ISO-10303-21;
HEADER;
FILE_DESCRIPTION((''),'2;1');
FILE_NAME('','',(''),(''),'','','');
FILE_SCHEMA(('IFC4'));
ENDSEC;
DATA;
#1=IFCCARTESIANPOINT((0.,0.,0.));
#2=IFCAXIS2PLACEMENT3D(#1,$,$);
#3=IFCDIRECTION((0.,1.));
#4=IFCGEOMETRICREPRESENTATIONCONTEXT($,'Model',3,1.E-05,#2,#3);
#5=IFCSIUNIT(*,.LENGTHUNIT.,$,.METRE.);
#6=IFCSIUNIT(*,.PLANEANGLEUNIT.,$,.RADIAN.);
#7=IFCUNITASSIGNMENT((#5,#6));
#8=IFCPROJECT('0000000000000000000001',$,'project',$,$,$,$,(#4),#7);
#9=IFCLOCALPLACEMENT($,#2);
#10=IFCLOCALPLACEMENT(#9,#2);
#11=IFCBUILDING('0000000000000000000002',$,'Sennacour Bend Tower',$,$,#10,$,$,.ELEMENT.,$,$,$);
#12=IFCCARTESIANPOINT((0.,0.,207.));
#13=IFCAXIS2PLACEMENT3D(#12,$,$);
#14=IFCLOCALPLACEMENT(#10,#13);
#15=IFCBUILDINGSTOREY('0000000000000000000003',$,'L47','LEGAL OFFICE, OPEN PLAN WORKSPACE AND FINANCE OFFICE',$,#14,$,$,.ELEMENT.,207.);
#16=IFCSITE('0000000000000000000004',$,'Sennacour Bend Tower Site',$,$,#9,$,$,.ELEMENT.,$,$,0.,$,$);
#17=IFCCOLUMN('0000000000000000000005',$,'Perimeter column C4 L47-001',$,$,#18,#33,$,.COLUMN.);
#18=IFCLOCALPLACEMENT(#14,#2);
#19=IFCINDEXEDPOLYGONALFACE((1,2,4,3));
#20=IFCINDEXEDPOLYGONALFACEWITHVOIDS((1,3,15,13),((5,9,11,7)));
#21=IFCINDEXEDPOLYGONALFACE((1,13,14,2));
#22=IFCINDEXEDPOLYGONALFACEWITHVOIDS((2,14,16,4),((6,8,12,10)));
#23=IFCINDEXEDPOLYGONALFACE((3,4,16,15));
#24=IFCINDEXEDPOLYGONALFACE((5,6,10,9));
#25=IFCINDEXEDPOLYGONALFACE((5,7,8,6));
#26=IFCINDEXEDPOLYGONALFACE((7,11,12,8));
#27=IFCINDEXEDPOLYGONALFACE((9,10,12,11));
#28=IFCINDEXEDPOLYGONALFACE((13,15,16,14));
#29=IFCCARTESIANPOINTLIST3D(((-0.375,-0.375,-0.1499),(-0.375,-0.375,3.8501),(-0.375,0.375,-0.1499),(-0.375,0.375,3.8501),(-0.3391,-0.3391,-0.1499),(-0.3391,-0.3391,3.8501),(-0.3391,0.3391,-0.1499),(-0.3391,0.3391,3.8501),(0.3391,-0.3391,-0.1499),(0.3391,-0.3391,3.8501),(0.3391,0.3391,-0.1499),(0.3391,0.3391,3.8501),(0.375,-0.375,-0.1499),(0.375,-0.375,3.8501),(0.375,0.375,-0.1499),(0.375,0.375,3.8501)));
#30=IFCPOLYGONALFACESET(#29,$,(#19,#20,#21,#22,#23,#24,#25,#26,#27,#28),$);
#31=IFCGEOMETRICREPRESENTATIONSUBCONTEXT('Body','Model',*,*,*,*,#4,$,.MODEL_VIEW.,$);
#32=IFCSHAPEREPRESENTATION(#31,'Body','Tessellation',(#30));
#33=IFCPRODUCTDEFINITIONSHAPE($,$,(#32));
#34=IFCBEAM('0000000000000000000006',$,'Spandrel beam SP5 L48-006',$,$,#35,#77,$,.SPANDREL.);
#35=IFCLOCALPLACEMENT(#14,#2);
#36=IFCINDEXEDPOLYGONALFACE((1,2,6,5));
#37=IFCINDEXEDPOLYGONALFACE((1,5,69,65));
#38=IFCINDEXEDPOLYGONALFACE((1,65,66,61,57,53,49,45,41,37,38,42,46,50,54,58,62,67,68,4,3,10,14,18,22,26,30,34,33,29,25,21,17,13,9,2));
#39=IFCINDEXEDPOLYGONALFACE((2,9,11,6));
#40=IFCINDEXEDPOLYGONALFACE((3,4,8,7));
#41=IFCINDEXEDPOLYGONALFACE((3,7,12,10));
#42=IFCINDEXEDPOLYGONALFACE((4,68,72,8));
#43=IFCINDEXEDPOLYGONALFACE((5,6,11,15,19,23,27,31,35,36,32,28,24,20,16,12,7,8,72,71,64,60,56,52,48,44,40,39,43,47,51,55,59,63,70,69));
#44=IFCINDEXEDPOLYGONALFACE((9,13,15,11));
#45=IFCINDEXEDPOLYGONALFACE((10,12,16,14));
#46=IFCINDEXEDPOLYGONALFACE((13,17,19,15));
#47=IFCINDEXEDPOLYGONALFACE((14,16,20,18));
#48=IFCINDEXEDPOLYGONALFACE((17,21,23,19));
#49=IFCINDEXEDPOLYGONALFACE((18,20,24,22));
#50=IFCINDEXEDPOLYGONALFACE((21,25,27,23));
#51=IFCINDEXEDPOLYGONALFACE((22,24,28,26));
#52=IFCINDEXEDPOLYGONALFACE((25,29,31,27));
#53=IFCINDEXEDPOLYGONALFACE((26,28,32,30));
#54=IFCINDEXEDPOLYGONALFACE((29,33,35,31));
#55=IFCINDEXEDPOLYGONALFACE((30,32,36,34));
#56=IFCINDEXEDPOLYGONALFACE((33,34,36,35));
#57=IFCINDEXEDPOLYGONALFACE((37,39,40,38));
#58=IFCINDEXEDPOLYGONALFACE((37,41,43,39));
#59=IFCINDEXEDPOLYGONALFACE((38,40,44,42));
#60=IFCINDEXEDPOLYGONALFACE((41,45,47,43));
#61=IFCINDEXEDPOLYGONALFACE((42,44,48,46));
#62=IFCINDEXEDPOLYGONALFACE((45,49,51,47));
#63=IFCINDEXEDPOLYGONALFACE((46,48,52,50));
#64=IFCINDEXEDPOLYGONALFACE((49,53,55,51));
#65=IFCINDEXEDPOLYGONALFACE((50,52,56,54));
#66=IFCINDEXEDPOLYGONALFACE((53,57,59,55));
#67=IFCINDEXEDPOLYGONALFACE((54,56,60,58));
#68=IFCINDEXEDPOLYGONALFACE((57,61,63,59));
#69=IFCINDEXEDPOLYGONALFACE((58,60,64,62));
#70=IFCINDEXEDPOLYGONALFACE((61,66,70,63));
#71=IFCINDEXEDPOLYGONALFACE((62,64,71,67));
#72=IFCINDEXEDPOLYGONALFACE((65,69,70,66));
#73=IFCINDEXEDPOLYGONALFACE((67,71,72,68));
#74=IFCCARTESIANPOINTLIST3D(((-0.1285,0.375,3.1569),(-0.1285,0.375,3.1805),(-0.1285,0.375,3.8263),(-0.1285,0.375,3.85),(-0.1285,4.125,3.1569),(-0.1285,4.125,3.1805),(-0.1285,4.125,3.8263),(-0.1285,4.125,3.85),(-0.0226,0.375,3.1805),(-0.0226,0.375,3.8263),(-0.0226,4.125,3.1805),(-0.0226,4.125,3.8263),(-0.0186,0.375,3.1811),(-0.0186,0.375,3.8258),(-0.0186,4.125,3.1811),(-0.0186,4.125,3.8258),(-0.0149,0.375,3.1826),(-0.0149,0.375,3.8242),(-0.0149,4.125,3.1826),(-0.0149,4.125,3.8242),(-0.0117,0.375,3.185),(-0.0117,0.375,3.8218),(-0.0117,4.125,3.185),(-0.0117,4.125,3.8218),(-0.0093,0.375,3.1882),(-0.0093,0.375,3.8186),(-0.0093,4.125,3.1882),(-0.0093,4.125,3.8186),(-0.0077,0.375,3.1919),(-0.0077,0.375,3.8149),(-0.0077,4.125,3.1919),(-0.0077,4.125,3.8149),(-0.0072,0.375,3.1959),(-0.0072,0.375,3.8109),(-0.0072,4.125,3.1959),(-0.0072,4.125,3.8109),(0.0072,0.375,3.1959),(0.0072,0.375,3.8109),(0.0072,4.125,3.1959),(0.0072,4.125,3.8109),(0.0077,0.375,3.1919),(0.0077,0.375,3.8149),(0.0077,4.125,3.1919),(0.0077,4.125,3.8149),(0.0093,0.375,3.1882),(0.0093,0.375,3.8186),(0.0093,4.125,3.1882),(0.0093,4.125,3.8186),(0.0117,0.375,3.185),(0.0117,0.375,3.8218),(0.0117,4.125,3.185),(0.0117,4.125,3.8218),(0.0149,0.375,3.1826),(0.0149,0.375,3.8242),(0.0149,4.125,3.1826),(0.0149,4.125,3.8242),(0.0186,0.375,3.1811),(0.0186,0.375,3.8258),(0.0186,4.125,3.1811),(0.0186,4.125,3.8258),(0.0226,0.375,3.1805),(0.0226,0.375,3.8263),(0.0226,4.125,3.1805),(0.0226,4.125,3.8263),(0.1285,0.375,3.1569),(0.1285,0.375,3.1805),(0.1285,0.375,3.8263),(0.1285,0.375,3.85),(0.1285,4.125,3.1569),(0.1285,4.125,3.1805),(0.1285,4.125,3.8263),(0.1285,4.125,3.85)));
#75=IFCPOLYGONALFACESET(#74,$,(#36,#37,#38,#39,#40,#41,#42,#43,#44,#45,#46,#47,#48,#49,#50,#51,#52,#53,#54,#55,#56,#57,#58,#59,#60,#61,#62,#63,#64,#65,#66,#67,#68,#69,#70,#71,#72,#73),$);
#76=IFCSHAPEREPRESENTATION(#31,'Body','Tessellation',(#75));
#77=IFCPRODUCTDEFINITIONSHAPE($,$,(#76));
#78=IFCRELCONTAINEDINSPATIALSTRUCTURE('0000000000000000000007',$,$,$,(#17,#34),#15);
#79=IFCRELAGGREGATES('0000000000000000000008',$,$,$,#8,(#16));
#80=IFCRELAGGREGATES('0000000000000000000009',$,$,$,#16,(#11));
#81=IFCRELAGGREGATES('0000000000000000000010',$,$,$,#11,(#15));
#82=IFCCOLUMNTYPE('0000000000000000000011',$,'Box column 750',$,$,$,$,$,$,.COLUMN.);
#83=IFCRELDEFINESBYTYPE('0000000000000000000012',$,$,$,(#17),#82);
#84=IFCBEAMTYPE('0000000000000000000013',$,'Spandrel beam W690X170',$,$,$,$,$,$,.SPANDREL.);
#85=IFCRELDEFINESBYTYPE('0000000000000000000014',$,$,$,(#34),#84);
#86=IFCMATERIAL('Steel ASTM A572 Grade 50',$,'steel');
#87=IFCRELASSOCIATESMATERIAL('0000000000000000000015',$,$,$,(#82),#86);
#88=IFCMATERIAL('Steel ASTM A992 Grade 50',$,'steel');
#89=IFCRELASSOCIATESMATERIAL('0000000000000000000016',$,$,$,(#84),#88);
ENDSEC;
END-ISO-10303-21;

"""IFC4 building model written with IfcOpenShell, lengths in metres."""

from ifc_helpers import new_model, si_unit, direction, frame, origin, origin_2d, place, context, subcontext, project, spatial, hollow_rectangle, i_section, extrude, material, material_profile, profile_set, type_object, element, save


model = new_model("IFC4")

# Units and contexts
model_context = context("Model", 3, precision=1e-05, world=origin(), true_north=direction((0.0, 1.0)))
body_context = subcontext(model_context, "Body", "Model", "MODEL_VIEW")
ifc_project = project(units=[si_unit("LENGTHUNIT", "METRE"), si_unit("PLANEANGLEUNIT", "RADIAN")], contexts=[model_context])

# Site, building, storey
site_placement = place(None, origin())
site = spatial("IfcSite", under=ifc_project, at=site_placement, Name="Sennacour Bend Tower Site", CompositionType="ELEMENT", RefElevation=0.0)
building_placement = place(site_placement, origin())
building = spatial("IfcBuilding", under=site, at=building_placement, Name="Sennacour Bend Tower", CompositionType="ELEMENT")
storey_placement = place(building_placement, frame((0.0, 0.0, 207.0)))
storey = spatial("IfcBuildingStorey", under=building, at=storey_placement, Name="L47", Description="LEGAL OFFICE, OPEN PLAN WORKSPACE AND FINANCE OFFICE", CompositionType="ELEMENT", Elevation=207.0)

# Column
ifc_material_1 = material(Name="Steel ASTM A572 Grade 50", Category="steel")
ifc_material_profile_1 = material_profile(ifc_material_1, hollow_rectangle(XDim=0.75, YDim=0.75, WallThickness=0.0359, at=origin_2d()), Name="Steel ASTM A572 Grade 50", Category="steel")
ifc_profile_set_1 = profile_set([ifc_material_profile_1], Name="Steel ASTM A572 Grade 50")
column_type = type_object("IfcColumnType", Name="Box column 750", PredefinedType="COLUMN", material=ifc_profile_set_1)
column_placement = place(storey_placement, frame((0.0, 0.0, -0.1499), z_axis=(0.0, 0.0, 1.0), x_axis=(1.0, 0.0, 0.0)))
element("IfcColumn", 1, at=column_placement, inside=storey, type_object=column_type, Name="Perimeter column C4 L47-001", PredefinedType="COLUMN", context=body_context, shape_type="SweptSolid", body=[
    extrude(hollow_rectangle(XDim=0.75, YDim=0.75, WallThickness=0.0359, at=origin_2d()), origin(), (0.0, 0.0, 1.0), 4.0),
])

# Beam
ifc_material_2 = material(Name="Steel ASTM A992 Grade 50", Category="steel")
ifc_material_profile_2 = material_profile(ifc_material_2, i_section(OverallWidth=0.2571, OverallDepth=0.6931, WebThickness=0.0144, FlangeThickness=0.0237, FilletRadius=0.0154, at=origin_2d()), Name="Steel ASTM A992 Grade 50", Category="steel")
ifc_profile_set_2 = profile_set([ifc_material_profile_2], Name="Steel ASTM A992 Grade 50")
beam_type = type_object("IfcBeamType", Name="Spandrel beam W690X170", PredefinedType="SPANDREL", material=ifc_profile_set_2)
beam_placement = place(storey_placement, frame((0.0, 0.375, 3.5034), z_axis=(0.0, 1.0, 0.0), x_axis=(-1.0, 0.0, 0.0)))
element("IfcBeam", 2, at=beam_placement, inside=storey, type_object=beam_type, Name="Spandrel beam SP5 L48-006", PredefinedType="SPANDREL", context=body_context, shape_type="SweptSolid", body=[
    extrude(i_section(OverallWidth=0.2571, OverallDepth=0.6931, WebThickness=0.0144, FlangeThickness=0.0237, FilletRadius=0.0154, at=origin_2d()), origin(), (0.0, 0.0, 1.0), 3.75),
])

save(model, "model.ifc")
